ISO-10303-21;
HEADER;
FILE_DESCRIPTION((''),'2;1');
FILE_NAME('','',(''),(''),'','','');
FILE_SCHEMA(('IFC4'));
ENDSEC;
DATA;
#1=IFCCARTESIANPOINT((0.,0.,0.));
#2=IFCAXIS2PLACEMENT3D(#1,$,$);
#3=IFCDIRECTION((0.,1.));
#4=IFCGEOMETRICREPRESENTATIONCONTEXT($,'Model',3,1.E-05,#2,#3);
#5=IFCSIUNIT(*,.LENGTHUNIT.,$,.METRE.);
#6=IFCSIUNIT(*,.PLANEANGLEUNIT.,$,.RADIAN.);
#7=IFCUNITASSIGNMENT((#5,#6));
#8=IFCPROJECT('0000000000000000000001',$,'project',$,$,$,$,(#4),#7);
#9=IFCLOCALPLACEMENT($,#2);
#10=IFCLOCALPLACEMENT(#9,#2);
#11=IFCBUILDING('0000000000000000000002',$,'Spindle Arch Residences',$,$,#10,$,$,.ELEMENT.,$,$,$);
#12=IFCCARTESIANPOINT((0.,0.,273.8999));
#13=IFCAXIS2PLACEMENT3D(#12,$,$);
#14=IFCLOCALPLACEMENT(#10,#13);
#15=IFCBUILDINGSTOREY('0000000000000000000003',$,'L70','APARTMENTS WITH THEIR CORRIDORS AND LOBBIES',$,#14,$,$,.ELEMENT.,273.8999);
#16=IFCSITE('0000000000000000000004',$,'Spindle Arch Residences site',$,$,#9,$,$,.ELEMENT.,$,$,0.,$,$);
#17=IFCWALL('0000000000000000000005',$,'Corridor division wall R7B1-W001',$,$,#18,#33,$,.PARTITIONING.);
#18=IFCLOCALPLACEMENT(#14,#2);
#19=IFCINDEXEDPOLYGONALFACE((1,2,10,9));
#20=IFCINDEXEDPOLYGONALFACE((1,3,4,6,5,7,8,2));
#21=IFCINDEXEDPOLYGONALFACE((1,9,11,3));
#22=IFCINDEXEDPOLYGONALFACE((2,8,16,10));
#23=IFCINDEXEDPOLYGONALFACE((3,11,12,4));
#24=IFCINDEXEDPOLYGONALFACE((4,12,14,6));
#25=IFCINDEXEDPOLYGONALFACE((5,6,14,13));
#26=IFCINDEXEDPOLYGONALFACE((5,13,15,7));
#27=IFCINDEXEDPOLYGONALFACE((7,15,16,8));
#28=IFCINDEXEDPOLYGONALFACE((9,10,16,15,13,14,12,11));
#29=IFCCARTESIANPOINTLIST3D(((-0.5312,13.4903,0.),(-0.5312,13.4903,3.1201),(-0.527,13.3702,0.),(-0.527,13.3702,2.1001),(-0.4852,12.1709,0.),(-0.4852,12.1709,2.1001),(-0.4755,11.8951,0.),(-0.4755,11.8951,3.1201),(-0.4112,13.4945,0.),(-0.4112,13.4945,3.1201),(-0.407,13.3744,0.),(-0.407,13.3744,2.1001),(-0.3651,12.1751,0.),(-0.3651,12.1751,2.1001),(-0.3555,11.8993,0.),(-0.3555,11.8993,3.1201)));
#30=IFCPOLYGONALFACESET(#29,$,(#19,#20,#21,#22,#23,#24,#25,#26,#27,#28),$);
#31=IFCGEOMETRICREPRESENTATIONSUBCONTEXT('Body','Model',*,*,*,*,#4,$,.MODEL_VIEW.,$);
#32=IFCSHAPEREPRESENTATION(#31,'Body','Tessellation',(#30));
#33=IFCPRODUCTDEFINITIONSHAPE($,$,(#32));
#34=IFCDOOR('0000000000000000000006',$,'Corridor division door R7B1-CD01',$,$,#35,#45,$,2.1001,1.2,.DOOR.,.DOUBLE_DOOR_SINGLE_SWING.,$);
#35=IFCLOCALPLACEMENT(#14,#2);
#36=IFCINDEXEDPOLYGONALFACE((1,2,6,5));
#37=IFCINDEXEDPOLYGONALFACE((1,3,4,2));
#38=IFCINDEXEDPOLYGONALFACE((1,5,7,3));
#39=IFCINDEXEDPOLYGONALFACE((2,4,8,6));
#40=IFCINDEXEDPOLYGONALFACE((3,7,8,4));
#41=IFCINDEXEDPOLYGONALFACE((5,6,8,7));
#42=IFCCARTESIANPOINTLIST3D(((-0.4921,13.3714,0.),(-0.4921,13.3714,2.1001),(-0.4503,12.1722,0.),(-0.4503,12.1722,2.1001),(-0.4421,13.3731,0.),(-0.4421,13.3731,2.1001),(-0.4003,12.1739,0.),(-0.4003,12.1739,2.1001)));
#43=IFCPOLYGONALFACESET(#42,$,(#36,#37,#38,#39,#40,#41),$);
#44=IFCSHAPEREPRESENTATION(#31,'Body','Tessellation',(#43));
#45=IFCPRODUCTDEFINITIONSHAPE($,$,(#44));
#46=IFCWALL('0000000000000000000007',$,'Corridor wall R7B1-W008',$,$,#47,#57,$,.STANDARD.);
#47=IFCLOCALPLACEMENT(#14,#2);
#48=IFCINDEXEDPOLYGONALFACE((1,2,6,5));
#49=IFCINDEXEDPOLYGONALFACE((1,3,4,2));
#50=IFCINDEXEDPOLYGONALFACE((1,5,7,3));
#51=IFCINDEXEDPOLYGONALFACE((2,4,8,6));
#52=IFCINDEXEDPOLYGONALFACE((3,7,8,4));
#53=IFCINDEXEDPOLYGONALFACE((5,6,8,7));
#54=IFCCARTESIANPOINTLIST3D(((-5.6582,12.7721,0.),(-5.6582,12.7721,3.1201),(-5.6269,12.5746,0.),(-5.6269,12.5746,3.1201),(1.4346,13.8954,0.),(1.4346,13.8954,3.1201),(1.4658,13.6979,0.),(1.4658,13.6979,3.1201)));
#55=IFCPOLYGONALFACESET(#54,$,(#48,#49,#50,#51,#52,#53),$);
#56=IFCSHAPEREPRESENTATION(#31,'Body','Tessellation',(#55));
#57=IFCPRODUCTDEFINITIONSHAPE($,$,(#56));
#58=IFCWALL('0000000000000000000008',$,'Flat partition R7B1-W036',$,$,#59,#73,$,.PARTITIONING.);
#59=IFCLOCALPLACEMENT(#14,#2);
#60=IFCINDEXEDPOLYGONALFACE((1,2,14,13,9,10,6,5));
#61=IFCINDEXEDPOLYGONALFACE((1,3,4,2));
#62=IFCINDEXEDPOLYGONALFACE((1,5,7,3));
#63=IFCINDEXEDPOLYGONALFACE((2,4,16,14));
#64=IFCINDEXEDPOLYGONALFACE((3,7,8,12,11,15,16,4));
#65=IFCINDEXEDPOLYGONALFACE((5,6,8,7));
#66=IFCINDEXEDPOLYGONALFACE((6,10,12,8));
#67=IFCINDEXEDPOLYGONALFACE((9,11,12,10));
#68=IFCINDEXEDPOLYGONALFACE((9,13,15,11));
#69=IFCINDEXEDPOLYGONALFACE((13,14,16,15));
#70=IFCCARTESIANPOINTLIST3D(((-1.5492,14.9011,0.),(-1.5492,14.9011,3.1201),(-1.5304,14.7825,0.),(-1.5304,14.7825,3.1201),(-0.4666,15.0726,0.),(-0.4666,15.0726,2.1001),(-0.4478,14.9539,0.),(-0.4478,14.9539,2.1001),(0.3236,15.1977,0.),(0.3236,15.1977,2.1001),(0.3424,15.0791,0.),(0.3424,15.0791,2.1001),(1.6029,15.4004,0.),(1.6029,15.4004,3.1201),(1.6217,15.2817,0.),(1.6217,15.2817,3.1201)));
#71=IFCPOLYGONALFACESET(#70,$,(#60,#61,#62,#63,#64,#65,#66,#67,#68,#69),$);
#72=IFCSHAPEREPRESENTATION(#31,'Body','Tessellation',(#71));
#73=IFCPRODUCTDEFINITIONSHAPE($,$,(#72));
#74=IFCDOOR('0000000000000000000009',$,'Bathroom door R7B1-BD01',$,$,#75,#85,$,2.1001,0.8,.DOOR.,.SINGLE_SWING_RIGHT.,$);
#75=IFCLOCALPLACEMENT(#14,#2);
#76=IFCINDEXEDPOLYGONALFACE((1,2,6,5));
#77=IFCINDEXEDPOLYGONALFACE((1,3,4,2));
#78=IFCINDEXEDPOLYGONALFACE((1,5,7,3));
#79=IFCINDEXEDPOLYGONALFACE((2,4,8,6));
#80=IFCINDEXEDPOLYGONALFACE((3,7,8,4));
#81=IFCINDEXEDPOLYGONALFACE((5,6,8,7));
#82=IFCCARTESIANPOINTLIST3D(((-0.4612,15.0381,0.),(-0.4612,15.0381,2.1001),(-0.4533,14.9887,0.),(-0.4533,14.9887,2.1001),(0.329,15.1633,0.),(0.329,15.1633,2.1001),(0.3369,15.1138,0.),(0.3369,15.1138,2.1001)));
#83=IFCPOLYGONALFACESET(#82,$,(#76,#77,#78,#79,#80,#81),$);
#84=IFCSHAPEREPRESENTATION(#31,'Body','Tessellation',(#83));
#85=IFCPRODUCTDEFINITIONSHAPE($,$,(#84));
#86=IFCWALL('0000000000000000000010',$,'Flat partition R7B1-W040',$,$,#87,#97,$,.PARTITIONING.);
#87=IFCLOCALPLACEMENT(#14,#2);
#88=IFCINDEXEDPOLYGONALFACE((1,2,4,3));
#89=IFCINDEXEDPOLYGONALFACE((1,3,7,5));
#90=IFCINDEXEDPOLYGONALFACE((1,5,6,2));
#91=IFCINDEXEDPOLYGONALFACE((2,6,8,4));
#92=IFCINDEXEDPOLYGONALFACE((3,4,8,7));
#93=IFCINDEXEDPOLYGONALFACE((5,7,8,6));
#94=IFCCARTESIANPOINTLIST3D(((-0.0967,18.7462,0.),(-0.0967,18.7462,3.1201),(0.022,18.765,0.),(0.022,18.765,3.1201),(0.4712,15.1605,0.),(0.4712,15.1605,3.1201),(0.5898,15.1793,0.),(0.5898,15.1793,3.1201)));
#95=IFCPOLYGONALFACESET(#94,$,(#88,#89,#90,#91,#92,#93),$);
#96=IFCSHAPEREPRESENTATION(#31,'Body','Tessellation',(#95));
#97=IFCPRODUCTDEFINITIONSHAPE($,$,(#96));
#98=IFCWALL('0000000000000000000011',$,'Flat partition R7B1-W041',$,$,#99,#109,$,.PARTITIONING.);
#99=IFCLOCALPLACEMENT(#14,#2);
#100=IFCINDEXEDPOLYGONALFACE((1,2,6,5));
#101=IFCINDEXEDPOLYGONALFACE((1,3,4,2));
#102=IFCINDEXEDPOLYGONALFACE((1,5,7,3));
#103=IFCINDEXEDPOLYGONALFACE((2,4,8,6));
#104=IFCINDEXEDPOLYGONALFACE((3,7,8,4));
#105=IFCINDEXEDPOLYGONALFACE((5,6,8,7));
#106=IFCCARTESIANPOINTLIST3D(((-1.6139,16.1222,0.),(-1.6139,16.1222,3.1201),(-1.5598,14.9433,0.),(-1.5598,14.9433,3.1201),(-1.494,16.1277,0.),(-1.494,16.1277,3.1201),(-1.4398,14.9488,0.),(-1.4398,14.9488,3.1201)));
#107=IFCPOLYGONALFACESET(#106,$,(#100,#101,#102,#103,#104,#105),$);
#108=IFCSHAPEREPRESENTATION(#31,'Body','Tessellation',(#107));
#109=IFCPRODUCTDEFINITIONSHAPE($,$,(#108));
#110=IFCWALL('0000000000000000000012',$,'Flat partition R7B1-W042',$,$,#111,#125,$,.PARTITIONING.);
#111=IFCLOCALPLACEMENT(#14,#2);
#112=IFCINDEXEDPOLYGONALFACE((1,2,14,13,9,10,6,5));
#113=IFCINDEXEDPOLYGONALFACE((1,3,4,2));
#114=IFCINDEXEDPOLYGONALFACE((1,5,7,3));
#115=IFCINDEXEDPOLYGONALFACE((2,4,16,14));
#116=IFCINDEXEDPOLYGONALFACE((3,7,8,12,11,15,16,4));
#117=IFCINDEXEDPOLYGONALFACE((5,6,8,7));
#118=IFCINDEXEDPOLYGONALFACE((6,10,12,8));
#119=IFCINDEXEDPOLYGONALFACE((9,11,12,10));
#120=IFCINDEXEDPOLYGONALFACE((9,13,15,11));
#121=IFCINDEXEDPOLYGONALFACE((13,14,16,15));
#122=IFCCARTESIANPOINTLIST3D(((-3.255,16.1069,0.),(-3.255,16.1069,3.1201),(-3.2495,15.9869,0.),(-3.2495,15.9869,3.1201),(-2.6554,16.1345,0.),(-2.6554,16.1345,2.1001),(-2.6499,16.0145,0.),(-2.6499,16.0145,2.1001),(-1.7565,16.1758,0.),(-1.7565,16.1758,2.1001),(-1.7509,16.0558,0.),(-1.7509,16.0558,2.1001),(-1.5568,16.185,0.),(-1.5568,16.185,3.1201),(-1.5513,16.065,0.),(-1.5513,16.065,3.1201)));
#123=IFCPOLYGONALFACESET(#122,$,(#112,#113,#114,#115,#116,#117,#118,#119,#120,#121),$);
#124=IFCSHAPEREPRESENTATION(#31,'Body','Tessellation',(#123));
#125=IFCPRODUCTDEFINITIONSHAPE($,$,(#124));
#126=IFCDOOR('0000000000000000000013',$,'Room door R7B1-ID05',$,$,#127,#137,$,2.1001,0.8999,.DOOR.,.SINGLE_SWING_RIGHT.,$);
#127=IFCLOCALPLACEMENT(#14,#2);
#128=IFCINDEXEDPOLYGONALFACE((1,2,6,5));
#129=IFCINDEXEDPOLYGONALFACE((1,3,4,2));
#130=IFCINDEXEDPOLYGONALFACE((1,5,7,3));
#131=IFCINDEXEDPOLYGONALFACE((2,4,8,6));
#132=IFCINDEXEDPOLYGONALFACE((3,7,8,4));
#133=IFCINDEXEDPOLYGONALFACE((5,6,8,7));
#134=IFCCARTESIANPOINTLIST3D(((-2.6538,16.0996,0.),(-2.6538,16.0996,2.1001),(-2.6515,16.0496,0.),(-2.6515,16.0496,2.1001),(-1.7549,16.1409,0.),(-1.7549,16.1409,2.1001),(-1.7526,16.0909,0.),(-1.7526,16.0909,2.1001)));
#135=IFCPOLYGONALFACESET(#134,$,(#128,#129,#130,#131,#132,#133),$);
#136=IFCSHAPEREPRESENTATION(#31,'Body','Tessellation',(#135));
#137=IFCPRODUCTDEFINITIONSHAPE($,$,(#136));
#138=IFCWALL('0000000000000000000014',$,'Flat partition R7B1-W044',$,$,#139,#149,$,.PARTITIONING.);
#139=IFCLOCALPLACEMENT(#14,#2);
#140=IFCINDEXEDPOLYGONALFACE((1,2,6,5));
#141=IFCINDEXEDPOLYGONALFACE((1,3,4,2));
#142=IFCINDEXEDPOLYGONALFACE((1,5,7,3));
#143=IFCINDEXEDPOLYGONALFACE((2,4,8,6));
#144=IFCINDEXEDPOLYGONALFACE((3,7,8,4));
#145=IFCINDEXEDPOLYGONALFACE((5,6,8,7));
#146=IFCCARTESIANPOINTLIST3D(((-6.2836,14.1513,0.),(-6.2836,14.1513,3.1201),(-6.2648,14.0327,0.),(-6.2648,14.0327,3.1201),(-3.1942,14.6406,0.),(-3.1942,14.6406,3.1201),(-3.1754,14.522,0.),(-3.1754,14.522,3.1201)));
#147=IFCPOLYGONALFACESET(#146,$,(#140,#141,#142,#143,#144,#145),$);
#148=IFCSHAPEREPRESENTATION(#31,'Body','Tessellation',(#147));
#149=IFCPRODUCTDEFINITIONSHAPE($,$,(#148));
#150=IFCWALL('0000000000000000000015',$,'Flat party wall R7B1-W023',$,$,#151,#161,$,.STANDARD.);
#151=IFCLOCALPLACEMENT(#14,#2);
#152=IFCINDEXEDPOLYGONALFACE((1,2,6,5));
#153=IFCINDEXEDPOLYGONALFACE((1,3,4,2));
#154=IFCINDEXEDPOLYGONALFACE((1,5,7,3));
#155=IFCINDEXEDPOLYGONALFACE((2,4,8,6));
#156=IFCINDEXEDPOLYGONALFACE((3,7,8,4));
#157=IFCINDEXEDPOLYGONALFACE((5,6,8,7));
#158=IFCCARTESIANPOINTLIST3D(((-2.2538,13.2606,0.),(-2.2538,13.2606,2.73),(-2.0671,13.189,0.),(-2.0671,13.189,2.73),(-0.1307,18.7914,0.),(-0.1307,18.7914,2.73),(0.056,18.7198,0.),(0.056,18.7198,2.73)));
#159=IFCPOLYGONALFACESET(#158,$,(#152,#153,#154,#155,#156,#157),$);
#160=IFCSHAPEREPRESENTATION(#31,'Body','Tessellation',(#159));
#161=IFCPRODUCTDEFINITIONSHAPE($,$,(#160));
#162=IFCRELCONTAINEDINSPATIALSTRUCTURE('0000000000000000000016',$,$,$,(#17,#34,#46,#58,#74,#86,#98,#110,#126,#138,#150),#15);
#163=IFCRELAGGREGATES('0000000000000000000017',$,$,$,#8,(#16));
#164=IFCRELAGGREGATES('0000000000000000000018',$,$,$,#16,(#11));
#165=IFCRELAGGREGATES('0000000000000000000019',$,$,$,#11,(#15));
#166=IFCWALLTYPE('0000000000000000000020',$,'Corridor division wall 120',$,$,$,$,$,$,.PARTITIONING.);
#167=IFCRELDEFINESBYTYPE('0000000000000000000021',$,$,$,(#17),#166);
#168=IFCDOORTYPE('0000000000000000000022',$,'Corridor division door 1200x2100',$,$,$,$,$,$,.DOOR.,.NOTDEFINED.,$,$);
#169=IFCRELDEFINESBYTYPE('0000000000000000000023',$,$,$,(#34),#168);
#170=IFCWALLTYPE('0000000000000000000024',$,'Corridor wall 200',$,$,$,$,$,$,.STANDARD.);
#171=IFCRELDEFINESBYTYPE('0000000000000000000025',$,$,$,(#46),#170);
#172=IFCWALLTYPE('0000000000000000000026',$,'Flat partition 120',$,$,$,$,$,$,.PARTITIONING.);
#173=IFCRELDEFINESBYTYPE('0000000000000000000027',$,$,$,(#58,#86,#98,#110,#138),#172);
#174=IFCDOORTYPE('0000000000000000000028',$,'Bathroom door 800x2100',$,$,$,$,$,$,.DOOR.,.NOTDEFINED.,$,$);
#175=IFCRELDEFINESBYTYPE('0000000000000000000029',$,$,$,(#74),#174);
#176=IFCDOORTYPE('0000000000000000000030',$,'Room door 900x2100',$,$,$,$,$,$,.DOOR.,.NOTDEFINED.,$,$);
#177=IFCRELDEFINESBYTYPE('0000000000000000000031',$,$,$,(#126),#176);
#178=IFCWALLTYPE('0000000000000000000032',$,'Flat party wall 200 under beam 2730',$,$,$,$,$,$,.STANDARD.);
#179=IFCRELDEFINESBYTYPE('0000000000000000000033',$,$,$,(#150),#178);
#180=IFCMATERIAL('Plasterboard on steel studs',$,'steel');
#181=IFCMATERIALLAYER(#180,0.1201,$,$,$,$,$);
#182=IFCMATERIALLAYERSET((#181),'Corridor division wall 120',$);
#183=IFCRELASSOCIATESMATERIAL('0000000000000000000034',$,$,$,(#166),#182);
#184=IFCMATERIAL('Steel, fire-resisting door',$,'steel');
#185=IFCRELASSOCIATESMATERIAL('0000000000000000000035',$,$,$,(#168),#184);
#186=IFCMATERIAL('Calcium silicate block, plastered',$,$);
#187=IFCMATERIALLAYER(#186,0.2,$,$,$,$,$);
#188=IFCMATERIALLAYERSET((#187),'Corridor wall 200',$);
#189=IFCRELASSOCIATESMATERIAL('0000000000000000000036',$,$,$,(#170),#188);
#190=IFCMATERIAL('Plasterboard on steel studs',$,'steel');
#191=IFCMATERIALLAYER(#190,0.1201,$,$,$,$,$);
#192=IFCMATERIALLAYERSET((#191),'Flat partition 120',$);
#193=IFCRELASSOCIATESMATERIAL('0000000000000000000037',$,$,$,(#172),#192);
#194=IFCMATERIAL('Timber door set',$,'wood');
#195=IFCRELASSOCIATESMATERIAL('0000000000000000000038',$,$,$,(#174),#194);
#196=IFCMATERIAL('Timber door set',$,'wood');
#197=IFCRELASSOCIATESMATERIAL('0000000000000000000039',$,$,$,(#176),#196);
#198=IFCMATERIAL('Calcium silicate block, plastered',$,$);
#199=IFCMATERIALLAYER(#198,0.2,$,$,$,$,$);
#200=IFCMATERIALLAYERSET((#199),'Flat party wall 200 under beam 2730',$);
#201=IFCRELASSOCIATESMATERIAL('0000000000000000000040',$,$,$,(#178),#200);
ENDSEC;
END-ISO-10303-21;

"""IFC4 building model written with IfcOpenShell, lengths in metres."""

from ifc_helpers import new_model, si_unit, direction, frame, frame_2d, origin, place, context, subcontext, project, spatial, rectangle, extrude, material, layer, layer_set, type_object, element, fill, save


model = new_model("IFC4")

# Units and contexts
model_context = context("Model", 3, precision=1e-05, world=origin(), true_north=direction((0.0, 1.0)))
body_context = subcontext(model_context, "Body", "Model", "MODEL_VIEW")
ifc_project = project(units=[si_unit("LENGTHUNIT", "METRE"), si_unit("PLANEANGLEUNIT", "RADIAN")], contexts=[model_context])

# Site, building, storey
site_placement = place(None, origin())
site = spatial("IfcSite", under=ifc_project, at=site_placement, Name="Spindle Arch Residences site", CompositionType="ELEMENT", RefElevation=0.0)
building_placement = place(site_placement, origin())
building = spatial("IfcBuilding", under=site, at=building_placement, Name="Spindle Arch Residences", CompositionType="ELEMENT")
storey_placement = place(building_placement, frame((0.0, 0.0, 273.8999)))
storey = spatial("IfcBuildingStorey", under=building, at=storey_placement, Name="L70", Description="APARTMENTS WITH THEIR CORRIDORS AND LOBBIES", CompositionType="ELEMENT", Elevation=273.8999)

# Wall, opening, door
ifc_material_1 = material(Name="Plasterboard on steel studs", Category="steel")
ifc_layer_1 = layer(ifc_material_1, 0.1201)
ifc_layer_set_1 = layer_set([ifc_layer_1], Name="Corridor division wall 120")
wall_type_1 = type_object("IfcWallType", Name="Corridor division wall 120", PredefinedType="PARTITIONING", material=ifc_layer_set_1)
wall_1_placement = place(storey_placement, frame((-0.4712, 13.4924, 0.0), z_axis=(0.0, 0.0, 1.0), x_axis=(0.034873, -0.999392, 0.0)))
wall_1 = element("IfcWall", 1, at=wall_1_placement, inside=storey, type_object=wall_type_1, Name="Corridor division wall R7B1-W001", PredefinedType="PARTITIONING", context=body_context, shape_type="SweptSolid", body=[
    extrude(rectangle(XDim=1.5962, YDim=0.1201, at=frame_2d((0.7981, 0.0))), origin(), (0.0, 0.0, 1.0), 3.1201),
])
opening_1_placement = place(wall_1_placement, frame((0.1201, 0.0, 0.0)))
opening_1 = element("IfcOpeningElement", 2, at=opening_1_placement, cuts=wall_1, PredefinedType="OPENING", context=body_context, shape_type="SweptSolid", body=[
    extrude(rectangle(XDim=1.2, YDim=2.1001, at=frame_2d((0.6001, 1.05))), frame((0.0, 0.0701, 0.0), z_axis=(0.0, -1.0, 0.0), x_axis=(1.0, 0.0, 0.0)), (0.0, 0.0, 1.0), 0.1401),
])
ifc_material_2 = material(Name="Steel, fire-resisting door", Category="steel")
door_type_1 = type_object("IfcDoorType", Name="Corridor division door 1200x2100", OperationType="NOTDEFINED", PredefinedType="DOOR", material=ifc_material_2)
door_1_placement = place(opening_1_placement, origin())
door_1 = element("IfcDoor", 3, at=door_1_placement, inside=storey, type_object=door_type_1, Name="Corridor division door R7B1-CD01", OperationType="DOUBLE_DOOR_SINGLE_SWING", OverallHeight=2.1001, OverallWidth=1.2, PredefinedType="DOOR", context=body_context, shape_type="SweptSolid", body=[
    extrude(rectangle(XDim=1.2, YDim=2.1001, at=frame_2d((0.6001, 1.05))), frame((0.0, 0.0249, 0.0), z_axis=(0.0, -1.0, 0.0), x_axis=(1.0, 0.0, 0.0)), (0.0, 0.0, 1.0), 0.05),
])
fill(opening_1, door_1)

# Wall
ifc_material_3 = material(Name="Calcium silicate block, plastered")
ifc_layer_2 = layer(ifc_material_3, 0.2)
ifc_layer_set_2 = layer_set([ifc_layer_2], Name="Corridor wall 200")
wall_type_2 = type_object("IfcWallType", Name="Corridor wall 200", PredefinedType="STANDARD", material=ifc_layer_set_2)
wall_2_placement = place(storey_placement, frame((1.4502, 13.7966, 0.0), z_axis=(0.0, 0.0, 1.0), x_axis=(-0.98769, -0.156422, 0.0)))
element("IfcWall", 4, at=wall_2_placement, inside=storey, type_object=wall_type_2, Name="Corridor wall R7B1-W008", PredefinedType="STANDARD", context=body_context, shape_type="SweptSolid", body=[
    extrude(rectangle(XDim=7.1812, YDim=0.2, at=frame_2d((3.5906, 0.0))), origin(), (0.0, 0.0, 1.0), 3.1201),
])

# Wall, opening, door
ifc_material_4 = material(Name="Plasterboard on steel studs", Category="steel")
ifc_layer_3 = layer(ifc_material_4, 0.1201)
ifc_layer_set_3 = layer_set([ifc_layer_3], Name="Flat partition 120")
wall_type_3 = type_object("IfcWallType", Name="Flat partition 120", PredefinedType="PARTITIONING", material=ifc_layer_set_3)
wall_3_placement = place(storey_placement, frame((1.6123, 15.3411, 0.0), z_axis=(0.0, 0.0, 1.0), x_axis=(-0.987687, -0.156442, 0.0)))
wall_3 = element("IfcWall", 5, at=wall_3_placement, inside=storey, type_object=wall_type_3, Name="Flat partition R7B1-W036", PredefinedType="PARTITIONING", context=body_context, shape_type="SweptSolid", body=[
    extrude(rectangle(XDim=3.1914, YDim=0.1201, at=frame_2d((1.5957, 0.0))), origin(), (0.0, 0.0, 1.0), 3.1201),
])
opening_2_placement = place(wall_3_placement, frame((1.2954, 0.0, 0.0)))
opening_2 = element("IfcOpeningElement", 6, at=opening_2_placement, cuts=wall_3, PredefinedType="OPENING", context=body_context, shape_type="SweptSolid", body=[
    extrude(rectangle(XDim=0.8, YDim=2.1001, at=frame_2d((0.3999, 1.05))), frame((0.0, 0.0701, 0.0), z_axis=(0.0, -1.0, 0.0), x_axis=(1.0, 0.0, 0.0)), (0.0, 0.0, 1.0), 0.1401),
])
ifc_material_5 = material(Name="Timber door set", Category="wood")
door_type_2 = type_object("IfcDoorType", Name="Bathroom door 800x2100", OperationType="NOTDEFINED", PredefinedType="DOOR", material=ifc_material_5)
door_2_placement = place(opening_2_placement, origin())
door_2 = element("IfcDoor", 7, at=door_2_placement, inside=storey, type_object=door_type_2, Name="Bathroom door R7B1-BD01", OperationType="SINGLE_SWING_RIGHT", OverallHeight=2.1001, OverallWidth=0.8, PredefinedType="DOOR", context=body_context, shape_type="SweptSolid", body=[
    extrude(rectangle(XDim=0.8, YDim=2.1001, at=frame_2d((0.3999, 1.05))), frame((0.0, 0.0249, 0.0), z_axis=(0.0, -1.0, 0.0), x_axis=(1.0, 0.0, 0.0)), (0.0, 0.0, 1.0), 0.05),
])
fill(opening_2, door_2)

# Walls
wall_4_placement = place(storey_placement, frame((-0.0374, 18.7556, 0.0), z_axis=(0.0, 0.0, 1.0), x_axis=(0.156422, -0.98769, 0.0)))
element("IfcWall", 8, at=wall_4_placement, inside=storey, type_object=wall_type_3, Name="Flat partition R7B1-W040", PredefinedType="PARTITIONING", context=body_context, shape_type="SweptSolid", body=[
    extrude(rectangle(XDim=3.6304, YDim=0.1201, at=frame_2d((1.8152, 0.0))), origin(), (0.0, 0.0, 1.0), 3.1201),
])
wall_5_placement = place(storey_placement, frame((-1.4998, 14.946, 0.0), z_axis=(0.0, 0.0, 1.0), x_axis=(-0.045924, 0.998945, 0.0)))
element("IfcWall", 9, at=wall_5_placement, inside=storey, type_object=wall_type_3, Name="Flat partition R7B1-W041", PredefinedType="PARTITIONING", context=body_context, shape_type="SweptSolid", body=[
    extrude(rectangle(XDim=1.1802, YDim=0.1201, at=frame_2d((0.5901, 0.0))), origin(), (0.0, 0.0, 1.0), 3.1201),
])

# Wall, opening, door
wall_6_placement = place(storey_placement, frame((-1.554, 16.125, 0.0), z_axis=(0.0, 0.0, 1.0), x_axis=(-0.998944, -0.045955, 0.0)))
wall_6 = element("IfcWall", 10, at=wall_6_placement, inside=storey, type_object=wall_type_3, Name="Flat partition R7B1-W042", PredefinedType="PARTITIONING", context=body_context, shape_type="SweptSolid", body=[
    extrude(rectangle(XDim=1.7, YDim=0.1201, at=frame_2d((0.8501, 0.0))), origin(), (0.0, 0.0, 1.0), 3.1201),
])
opening_3_placement = place(wall_6_placement, frame((0.2, 0.0, 0.0)))
opening_3 = element("IfcOpeningElement", 11, at=opening_3_placement, cuts=wall_6, PredefinedType="OPENING", context=body_context, shape_type="SweptSolid", body=[
    extrude(rectangle(XDim=0.8999, YDim=2.1001, at=frame_2d((0.45, 1.05))), frame((0.0, 0.0701, 0.0), z_axis=(0.0, -1.0, 0.0), x_axis=(1.0, 0.0, 0.0)), (0.0, 0.0, 1.0), 0.1401),
])
ifc_material_6 = material(Name="Timber door set", Category="wood")
door_type_3 = type_object("IfcDoorType", Name="Room door 900x2100", OperationType="NOTDEFINED", PredefinedType="DOOR", material=ifc_material_6)
door_3_placement = place(opening_3_placement, origin())
door_3 = element("IfcDoor", 12, at=door_3_placement, inside=storey, type_object=door_type_3, Name="Room door R7B1-ID05", OperationType="SINGLE_SWING_RIGHT", OverallHeight=2.1001, OverallWidth=0.8999, PredefinedType="DOOR", context=body_context, shape_type="SweptSolid", body=[
    extrude(rectangle(XDim=0.8999, YDim=2.1001, at=frame_2d((0.45, 1.05))), frame((0.0, 0.0249, 0.0), z_axis=(0.0, -1.0, 0.0), x_axis=(1.0, 0.0, 0.0)), (0.0, 0.0, 1.0), 0.05),
])
fill(opening_3, door_3)

# Walls
wall_7_placement = place(storey_placement, frame((-3.1848, 14.5813, 0.0), z_axis=(0.0, 0.0, 1.0), x_axis=(-0.987691, -0.156419, 0.0)))
element("IfcWall", 13, at=wall_7_placement, inside=storey, type_object=wall_type_3, Name="Flat partition R7B1-W044", PredefinedType="PARTITIONING", context=body_context, shape_type="SweptSolid", body=[
    extrude(rectangle(XDim=3.1279, YDim=0.1201, at=frame_2d((1.564, 0.0))), origin(), (0.0, 0.0, 1.0), 3.1201),
])
ifc_material_7 = material(Name="Calcium silicate block, plastered")
ifc_layer_4 = layer(ifc_material_7, 0.2)
ifc_layer_set_4 = layer_set([ifc_layer_4], Name="Flat party wall 200 under beam 2730")
wall_type_4 = type_object("IfcWallType", Name="Flat party wall 200 under beam 2730", PredefinedType="STANDARD", material=ifc_layer_set_4)
wall_8_placement = place(storey_placement, frame((-0.0374, 18.7556, 0.0), z_axis=(0.0, 0.0, 1.0), x_axis=(-0.358366, -0.933581, 0.0)))
element("IfcWall", 14, at=wall_8_placement, inside=storey, type_object=wall_type_4, Name="Flat party wall R7B1-W023", PredefinedType="STANDARD", context=body_context, shape_type="SweptSolid", body=[
    extrude(rectangle(XDim=5.9243, YDim=0.2, at=frame_2d((2.9622, 0.0))), origin(), (0.0, 0.0, 1.0), 2.73),
])

save(model, "model.ifc")
